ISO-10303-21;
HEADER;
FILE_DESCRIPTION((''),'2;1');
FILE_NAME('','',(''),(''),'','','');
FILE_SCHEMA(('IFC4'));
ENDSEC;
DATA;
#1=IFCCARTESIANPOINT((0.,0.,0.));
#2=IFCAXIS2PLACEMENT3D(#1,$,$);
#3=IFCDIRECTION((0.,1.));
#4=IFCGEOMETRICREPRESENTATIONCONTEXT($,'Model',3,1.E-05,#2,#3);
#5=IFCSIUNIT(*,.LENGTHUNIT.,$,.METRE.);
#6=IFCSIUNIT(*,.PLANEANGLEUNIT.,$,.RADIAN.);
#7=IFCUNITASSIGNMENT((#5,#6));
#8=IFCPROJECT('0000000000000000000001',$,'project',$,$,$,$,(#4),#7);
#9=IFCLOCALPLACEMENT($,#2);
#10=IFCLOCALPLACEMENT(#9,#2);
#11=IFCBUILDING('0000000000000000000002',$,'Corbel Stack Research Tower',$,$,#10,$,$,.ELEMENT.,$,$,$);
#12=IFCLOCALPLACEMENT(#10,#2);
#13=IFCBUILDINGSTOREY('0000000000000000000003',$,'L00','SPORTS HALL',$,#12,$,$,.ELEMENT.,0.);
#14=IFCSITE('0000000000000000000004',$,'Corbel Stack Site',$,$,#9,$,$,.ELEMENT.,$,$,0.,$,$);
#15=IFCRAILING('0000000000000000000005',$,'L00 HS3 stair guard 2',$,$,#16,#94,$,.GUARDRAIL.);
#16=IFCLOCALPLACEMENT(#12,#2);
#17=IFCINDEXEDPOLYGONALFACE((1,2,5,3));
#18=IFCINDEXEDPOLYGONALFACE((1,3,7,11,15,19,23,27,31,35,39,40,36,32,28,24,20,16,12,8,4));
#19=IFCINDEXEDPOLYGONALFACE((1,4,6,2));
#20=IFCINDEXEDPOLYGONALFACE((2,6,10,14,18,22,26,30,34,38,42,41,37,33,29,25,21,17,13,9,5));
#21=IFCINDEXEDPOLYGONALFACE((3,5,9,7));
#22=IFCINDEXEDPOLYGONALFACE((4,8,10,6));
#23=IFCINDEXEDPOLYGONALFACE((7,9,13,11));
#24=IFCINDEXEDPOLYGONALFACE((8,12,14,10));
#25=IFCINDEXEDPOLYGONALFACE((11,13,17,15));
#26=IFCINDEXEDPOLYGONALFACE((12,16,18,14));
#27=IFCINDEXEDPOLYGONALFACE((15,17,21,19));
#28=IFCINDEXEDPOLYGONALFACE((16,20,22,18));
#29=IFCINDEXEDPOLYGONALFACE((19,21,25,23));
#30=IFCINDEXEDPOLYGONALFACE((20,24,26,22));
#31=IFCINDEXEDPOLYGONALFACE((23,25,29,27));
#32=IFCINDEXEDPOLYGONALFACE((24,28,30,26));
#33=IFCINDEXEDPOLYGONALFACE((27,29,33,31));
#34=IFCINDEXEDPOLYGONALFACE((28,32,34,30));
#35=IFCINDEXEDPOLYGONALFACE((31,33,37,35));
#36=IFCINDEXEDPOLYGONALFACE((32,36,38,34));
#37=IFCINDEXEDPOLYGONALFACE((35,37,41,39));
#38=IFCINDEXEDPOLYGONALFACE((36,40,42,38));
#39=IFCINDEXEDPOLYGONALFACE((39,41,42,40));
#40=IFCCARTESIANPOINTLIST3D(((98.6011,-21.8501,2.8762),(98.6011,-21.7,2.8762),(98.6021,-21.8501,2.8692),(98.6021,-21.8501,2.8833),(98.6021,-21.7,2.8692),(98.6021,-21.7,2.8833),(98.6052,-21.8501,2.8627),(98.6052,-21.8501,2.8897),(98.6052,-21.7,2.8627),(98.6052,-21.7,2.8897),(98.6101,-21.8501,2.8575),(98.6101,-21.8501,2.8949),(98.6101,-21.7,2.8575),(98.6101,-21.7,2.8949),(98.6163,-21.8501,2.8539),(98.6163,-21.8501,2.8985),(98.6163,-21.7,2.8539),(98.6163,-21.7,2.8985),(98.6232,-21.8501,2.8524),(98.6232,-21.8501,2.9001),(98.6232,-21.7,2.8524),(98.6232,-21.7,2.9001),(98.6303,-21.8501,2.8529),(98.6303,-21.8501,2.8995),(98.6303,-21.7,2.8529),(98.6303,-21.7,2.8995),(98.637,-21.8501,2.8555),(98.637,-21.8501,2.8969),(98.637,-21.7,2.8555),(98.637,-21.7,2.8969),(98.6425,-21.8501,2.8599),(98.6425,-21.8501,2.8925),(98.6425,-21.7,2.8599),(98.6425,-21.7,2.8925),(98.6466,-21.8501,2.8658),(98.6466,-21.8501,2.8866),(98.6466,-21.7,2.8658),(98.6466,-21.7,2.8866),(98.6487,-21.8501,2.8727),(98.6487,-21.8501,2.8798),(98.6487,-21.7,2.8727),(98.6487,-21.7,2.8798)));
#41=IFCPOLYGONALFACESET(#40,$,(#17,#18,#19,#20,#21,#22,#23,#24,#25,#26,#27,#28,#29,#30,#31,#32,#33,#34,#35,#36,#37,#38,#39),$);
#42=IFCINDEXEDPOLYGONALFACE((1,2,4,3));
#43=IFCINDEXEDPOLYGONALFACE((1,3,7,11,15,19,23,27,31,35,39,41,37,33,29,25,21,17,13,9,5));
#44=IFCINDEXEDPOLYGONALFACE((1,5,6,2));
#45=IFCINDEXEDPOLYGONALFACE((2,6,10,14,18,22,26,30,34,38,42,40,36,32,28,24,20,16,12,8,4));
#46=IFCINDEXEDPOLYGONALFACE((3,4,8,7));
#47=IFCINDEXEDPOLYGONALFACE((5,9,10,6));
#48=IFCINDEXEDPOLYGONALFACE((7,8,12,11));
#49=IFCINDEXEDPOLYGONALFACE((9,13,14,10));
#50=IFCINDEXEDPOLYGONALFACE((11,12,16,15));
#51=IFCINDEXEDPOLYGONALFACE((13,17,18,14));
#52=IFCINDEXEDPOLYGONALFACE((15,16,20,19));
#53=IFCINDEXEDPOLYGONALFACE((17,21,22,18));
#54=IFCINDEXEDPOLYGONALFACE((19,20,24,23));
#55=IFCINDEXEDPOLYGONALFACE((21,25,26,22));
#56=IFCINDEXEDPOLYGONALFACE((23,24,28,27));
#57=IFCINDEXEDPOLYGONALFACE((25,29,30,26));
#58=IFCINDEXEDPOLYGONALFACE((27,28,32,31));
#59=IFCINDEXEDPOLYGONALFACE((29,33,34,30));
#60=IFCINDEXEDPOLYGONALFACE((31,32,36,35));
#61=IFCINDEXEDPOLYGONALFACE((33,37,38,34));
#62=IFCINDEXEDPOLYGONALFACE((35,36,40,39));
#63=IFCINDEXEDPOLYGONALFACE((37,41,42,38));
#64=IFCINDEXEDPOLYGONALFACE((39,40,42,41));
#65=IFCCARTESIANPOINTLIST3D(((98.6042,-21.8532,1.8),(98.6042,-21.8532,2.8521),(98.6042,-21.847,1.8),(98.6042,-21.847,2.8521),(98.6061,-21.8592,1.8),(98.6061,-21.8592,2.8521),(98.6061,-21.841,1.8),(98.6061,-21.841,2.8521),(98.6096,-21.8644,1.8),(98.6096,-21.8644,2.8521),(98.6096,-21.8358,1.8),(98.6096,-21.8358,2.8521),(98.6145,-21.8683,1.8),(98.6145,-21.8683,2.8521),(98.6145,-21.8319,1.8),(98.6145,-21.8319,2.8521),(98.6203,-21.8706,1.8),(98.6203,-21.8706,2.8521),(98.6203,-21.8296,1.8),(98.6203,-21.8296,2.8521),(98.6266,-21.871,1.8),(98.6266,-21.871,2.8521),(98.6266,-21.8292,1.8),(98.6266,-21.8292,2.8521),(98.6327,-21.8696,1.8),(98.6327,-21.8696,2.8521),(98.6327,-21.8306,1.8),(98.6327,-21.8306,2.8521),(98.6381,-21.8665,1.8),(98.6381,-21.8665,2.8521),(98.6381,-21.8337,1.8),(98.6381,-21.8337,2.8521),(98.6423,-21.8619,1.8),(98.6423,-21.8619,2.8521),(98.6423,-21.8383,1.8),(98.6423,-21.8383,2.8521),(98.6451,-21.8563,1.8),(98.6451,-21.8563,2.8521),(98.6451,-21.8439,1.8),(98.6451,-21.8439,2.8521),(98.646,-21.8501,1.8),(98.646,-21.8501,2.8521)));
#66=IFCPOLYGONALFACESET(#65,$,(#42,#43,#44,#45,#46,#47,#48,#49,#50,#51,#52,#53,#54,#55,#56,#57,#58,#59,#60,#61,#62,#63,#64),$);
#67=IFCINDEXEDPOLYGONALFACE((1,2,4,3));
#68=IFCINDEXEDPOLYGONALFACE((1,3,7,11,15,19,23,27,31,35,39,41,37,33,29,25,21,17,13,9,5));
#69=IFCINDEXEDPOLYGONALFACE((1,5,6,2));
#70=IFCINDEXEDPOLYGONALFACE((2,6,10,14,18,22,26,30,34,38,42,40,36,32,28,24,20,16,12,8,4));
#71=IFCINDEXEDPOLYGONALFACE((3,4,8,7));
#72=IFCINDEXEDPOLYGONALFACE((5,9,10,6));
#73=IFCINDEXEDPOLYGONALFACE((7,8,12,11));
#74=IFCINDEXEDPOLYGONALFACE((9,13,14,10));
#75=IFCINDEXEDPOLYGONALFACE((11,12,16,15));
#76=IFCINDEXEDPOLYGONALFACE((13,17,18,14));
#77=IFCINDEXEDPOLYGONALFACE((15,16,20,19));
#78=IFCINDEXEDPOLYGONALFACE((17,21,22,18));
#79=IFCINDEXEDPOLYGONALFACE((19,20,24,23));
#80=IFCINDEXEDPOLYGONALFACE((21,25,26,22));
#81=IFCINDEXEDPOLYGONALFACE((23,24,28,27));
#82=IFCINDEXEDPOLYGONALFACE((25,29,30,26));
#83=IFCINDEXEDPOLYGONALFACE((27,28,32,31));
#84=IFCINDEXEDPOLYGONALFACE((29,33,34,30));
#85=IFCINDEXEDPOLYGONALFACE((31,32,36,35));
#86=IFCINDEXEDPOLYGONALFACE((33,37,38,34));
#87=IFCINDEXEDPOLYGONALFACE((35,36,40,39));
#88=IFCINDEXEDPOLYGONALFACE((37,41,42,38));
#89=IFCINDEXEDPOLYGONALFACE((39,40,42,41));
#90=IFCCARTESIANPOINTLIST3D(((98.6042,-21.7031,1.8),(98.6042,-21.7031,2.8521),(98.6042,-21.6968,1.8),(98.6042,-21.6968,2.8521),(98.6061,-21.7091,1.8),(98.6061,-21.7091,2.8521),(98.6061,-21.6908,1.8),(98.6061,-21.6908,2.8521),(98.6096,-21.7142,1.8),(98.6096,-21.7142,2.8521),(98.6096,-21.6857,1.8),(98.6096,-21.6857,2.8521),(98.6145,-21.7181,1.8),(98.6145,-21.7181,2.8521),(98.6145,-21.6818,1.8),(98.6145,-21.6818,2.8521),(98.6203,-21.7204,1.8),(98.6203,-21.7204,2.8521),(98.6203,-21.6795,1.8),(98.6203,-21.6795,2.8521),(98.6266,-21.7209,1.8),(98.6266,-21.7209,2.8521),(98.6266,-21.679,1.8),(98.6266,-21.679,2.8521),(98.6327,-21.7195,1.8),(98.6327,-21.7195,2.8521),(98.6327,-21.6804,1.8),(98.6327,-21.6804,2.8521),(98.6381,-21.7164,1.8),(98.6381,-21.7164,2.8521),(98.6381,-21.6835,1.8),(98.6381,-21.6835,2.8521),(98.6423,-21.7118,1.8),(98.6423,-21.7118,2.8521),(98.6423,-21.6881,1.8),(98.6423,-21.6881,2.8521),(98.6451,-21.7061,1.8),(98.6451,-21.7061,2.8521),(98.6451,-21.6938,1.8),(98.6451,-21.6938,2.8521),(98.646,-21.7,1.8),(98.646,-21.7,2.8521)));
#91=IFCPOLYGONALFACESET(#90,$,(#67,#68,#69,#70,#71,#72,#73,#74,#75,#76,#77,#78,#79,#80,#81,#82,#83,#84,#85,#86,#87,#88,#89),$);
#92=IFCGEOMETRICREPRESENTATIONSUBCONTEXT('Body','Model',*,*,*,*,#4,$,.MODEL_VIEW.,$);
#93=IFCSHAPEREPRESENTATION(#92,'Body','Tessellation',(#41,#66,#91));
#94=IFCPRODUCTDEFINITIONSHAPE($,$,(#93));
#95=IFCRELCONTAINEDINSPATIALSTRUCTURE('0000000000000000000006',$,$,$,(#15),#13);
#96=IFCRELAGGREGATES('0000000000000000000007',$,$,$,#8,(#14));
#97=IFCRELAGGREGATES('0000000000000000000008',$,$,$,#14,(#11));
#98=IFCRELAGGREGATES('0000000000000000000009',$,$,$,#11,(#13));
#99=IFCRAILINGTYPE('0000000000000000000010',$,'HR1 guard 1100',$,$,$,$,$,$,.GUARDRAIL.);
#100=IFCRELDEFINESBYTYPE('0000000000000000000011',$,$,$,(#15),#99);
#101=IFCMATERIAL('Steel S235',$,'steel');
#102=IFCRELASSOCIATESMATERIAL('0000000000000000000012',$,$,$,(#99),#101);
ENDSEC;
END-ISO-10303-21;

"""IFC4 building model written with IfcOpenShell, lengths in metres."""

from ifc_helpers import new_model, si_unit, direction, frame, origin, origin_2d, place, context, subcontext, project, spatial, circle, extrude, material, type_object, element, save


model = new_model("IFC4")

# Units and contexts
model_context = context("Model", 3, precision=1e-05, world=origin(), true_north=direction((0.0, 1.0)))
body_context = subcontext(model_context, "Body", "Model", "MODEL_VIEW")
ifc_project = project(units=[si_unit("LENGTHUNIT", "METRE"), si_unit("PLANEANGLEUNIT", "RADIAN")], contexts=[model_context])

# Site, building, storey
site_placement = place(None, origin())
site = spatial("IfcSite", under=ifc_project, at=site_placement, Name="Corbel Stack Site", CompositionType="ELEMENT", RefElevation=0.0)
building_placement = place(site_placement, origin())
building = spatial("IfcBuilding", under=site, at=building_placement, Name="Corbel Stack Research Tower", CompositionType="ELEMENT")
storey_placement = place(building_placement, origin())
storey = spatial("IfcBuildingStorey", under=building, at=storey_placement, Name="L00", Description="SPORTS HALL", CompositionType="ELEMENT", Elevation=0.0)

# Railing
ifc_material_1 = material(Name="Steel S235", Category="steel")
railing_type_1 = type_object("IfcRailingType", Name="HR1 guard 1100", PredefinedType="GUARDRAIL", material=ifc_material_1)
railing_1_placement = place(storey_placement, frame((98.625, -21.8501, 1.8)))
element("IfcRailing", 1, at=railing_1_placement, inside=storey, type_object=railing_type_1, Name="L00 HS3 stair guard 2", PredefinedType="GUARDRAIL", context=body_context, shape_type="SweptSolid", body=[
    extrude(circle(Radius=0.0239, at=origin_2d()), frame((0.0, 0.0, 1.0762), z_axis=(0.0, 1.0, 0.0), x_axis=(-1.0, 0.0, 0.0)), (0.0, 0.0, 1.0), 0.1501),
    extrude(circle(Radius=0.021, at=origin_2d()), origin(), (0.0, 0.0, 1.0), 1.052),
    extrude(circle(Radius=0.021, at=origin_2d()), frame((0.0, 0.1501, 0.0)), (0.0, 0.0, 1.0), 1.052),
])

save(model, "model.ifc")
